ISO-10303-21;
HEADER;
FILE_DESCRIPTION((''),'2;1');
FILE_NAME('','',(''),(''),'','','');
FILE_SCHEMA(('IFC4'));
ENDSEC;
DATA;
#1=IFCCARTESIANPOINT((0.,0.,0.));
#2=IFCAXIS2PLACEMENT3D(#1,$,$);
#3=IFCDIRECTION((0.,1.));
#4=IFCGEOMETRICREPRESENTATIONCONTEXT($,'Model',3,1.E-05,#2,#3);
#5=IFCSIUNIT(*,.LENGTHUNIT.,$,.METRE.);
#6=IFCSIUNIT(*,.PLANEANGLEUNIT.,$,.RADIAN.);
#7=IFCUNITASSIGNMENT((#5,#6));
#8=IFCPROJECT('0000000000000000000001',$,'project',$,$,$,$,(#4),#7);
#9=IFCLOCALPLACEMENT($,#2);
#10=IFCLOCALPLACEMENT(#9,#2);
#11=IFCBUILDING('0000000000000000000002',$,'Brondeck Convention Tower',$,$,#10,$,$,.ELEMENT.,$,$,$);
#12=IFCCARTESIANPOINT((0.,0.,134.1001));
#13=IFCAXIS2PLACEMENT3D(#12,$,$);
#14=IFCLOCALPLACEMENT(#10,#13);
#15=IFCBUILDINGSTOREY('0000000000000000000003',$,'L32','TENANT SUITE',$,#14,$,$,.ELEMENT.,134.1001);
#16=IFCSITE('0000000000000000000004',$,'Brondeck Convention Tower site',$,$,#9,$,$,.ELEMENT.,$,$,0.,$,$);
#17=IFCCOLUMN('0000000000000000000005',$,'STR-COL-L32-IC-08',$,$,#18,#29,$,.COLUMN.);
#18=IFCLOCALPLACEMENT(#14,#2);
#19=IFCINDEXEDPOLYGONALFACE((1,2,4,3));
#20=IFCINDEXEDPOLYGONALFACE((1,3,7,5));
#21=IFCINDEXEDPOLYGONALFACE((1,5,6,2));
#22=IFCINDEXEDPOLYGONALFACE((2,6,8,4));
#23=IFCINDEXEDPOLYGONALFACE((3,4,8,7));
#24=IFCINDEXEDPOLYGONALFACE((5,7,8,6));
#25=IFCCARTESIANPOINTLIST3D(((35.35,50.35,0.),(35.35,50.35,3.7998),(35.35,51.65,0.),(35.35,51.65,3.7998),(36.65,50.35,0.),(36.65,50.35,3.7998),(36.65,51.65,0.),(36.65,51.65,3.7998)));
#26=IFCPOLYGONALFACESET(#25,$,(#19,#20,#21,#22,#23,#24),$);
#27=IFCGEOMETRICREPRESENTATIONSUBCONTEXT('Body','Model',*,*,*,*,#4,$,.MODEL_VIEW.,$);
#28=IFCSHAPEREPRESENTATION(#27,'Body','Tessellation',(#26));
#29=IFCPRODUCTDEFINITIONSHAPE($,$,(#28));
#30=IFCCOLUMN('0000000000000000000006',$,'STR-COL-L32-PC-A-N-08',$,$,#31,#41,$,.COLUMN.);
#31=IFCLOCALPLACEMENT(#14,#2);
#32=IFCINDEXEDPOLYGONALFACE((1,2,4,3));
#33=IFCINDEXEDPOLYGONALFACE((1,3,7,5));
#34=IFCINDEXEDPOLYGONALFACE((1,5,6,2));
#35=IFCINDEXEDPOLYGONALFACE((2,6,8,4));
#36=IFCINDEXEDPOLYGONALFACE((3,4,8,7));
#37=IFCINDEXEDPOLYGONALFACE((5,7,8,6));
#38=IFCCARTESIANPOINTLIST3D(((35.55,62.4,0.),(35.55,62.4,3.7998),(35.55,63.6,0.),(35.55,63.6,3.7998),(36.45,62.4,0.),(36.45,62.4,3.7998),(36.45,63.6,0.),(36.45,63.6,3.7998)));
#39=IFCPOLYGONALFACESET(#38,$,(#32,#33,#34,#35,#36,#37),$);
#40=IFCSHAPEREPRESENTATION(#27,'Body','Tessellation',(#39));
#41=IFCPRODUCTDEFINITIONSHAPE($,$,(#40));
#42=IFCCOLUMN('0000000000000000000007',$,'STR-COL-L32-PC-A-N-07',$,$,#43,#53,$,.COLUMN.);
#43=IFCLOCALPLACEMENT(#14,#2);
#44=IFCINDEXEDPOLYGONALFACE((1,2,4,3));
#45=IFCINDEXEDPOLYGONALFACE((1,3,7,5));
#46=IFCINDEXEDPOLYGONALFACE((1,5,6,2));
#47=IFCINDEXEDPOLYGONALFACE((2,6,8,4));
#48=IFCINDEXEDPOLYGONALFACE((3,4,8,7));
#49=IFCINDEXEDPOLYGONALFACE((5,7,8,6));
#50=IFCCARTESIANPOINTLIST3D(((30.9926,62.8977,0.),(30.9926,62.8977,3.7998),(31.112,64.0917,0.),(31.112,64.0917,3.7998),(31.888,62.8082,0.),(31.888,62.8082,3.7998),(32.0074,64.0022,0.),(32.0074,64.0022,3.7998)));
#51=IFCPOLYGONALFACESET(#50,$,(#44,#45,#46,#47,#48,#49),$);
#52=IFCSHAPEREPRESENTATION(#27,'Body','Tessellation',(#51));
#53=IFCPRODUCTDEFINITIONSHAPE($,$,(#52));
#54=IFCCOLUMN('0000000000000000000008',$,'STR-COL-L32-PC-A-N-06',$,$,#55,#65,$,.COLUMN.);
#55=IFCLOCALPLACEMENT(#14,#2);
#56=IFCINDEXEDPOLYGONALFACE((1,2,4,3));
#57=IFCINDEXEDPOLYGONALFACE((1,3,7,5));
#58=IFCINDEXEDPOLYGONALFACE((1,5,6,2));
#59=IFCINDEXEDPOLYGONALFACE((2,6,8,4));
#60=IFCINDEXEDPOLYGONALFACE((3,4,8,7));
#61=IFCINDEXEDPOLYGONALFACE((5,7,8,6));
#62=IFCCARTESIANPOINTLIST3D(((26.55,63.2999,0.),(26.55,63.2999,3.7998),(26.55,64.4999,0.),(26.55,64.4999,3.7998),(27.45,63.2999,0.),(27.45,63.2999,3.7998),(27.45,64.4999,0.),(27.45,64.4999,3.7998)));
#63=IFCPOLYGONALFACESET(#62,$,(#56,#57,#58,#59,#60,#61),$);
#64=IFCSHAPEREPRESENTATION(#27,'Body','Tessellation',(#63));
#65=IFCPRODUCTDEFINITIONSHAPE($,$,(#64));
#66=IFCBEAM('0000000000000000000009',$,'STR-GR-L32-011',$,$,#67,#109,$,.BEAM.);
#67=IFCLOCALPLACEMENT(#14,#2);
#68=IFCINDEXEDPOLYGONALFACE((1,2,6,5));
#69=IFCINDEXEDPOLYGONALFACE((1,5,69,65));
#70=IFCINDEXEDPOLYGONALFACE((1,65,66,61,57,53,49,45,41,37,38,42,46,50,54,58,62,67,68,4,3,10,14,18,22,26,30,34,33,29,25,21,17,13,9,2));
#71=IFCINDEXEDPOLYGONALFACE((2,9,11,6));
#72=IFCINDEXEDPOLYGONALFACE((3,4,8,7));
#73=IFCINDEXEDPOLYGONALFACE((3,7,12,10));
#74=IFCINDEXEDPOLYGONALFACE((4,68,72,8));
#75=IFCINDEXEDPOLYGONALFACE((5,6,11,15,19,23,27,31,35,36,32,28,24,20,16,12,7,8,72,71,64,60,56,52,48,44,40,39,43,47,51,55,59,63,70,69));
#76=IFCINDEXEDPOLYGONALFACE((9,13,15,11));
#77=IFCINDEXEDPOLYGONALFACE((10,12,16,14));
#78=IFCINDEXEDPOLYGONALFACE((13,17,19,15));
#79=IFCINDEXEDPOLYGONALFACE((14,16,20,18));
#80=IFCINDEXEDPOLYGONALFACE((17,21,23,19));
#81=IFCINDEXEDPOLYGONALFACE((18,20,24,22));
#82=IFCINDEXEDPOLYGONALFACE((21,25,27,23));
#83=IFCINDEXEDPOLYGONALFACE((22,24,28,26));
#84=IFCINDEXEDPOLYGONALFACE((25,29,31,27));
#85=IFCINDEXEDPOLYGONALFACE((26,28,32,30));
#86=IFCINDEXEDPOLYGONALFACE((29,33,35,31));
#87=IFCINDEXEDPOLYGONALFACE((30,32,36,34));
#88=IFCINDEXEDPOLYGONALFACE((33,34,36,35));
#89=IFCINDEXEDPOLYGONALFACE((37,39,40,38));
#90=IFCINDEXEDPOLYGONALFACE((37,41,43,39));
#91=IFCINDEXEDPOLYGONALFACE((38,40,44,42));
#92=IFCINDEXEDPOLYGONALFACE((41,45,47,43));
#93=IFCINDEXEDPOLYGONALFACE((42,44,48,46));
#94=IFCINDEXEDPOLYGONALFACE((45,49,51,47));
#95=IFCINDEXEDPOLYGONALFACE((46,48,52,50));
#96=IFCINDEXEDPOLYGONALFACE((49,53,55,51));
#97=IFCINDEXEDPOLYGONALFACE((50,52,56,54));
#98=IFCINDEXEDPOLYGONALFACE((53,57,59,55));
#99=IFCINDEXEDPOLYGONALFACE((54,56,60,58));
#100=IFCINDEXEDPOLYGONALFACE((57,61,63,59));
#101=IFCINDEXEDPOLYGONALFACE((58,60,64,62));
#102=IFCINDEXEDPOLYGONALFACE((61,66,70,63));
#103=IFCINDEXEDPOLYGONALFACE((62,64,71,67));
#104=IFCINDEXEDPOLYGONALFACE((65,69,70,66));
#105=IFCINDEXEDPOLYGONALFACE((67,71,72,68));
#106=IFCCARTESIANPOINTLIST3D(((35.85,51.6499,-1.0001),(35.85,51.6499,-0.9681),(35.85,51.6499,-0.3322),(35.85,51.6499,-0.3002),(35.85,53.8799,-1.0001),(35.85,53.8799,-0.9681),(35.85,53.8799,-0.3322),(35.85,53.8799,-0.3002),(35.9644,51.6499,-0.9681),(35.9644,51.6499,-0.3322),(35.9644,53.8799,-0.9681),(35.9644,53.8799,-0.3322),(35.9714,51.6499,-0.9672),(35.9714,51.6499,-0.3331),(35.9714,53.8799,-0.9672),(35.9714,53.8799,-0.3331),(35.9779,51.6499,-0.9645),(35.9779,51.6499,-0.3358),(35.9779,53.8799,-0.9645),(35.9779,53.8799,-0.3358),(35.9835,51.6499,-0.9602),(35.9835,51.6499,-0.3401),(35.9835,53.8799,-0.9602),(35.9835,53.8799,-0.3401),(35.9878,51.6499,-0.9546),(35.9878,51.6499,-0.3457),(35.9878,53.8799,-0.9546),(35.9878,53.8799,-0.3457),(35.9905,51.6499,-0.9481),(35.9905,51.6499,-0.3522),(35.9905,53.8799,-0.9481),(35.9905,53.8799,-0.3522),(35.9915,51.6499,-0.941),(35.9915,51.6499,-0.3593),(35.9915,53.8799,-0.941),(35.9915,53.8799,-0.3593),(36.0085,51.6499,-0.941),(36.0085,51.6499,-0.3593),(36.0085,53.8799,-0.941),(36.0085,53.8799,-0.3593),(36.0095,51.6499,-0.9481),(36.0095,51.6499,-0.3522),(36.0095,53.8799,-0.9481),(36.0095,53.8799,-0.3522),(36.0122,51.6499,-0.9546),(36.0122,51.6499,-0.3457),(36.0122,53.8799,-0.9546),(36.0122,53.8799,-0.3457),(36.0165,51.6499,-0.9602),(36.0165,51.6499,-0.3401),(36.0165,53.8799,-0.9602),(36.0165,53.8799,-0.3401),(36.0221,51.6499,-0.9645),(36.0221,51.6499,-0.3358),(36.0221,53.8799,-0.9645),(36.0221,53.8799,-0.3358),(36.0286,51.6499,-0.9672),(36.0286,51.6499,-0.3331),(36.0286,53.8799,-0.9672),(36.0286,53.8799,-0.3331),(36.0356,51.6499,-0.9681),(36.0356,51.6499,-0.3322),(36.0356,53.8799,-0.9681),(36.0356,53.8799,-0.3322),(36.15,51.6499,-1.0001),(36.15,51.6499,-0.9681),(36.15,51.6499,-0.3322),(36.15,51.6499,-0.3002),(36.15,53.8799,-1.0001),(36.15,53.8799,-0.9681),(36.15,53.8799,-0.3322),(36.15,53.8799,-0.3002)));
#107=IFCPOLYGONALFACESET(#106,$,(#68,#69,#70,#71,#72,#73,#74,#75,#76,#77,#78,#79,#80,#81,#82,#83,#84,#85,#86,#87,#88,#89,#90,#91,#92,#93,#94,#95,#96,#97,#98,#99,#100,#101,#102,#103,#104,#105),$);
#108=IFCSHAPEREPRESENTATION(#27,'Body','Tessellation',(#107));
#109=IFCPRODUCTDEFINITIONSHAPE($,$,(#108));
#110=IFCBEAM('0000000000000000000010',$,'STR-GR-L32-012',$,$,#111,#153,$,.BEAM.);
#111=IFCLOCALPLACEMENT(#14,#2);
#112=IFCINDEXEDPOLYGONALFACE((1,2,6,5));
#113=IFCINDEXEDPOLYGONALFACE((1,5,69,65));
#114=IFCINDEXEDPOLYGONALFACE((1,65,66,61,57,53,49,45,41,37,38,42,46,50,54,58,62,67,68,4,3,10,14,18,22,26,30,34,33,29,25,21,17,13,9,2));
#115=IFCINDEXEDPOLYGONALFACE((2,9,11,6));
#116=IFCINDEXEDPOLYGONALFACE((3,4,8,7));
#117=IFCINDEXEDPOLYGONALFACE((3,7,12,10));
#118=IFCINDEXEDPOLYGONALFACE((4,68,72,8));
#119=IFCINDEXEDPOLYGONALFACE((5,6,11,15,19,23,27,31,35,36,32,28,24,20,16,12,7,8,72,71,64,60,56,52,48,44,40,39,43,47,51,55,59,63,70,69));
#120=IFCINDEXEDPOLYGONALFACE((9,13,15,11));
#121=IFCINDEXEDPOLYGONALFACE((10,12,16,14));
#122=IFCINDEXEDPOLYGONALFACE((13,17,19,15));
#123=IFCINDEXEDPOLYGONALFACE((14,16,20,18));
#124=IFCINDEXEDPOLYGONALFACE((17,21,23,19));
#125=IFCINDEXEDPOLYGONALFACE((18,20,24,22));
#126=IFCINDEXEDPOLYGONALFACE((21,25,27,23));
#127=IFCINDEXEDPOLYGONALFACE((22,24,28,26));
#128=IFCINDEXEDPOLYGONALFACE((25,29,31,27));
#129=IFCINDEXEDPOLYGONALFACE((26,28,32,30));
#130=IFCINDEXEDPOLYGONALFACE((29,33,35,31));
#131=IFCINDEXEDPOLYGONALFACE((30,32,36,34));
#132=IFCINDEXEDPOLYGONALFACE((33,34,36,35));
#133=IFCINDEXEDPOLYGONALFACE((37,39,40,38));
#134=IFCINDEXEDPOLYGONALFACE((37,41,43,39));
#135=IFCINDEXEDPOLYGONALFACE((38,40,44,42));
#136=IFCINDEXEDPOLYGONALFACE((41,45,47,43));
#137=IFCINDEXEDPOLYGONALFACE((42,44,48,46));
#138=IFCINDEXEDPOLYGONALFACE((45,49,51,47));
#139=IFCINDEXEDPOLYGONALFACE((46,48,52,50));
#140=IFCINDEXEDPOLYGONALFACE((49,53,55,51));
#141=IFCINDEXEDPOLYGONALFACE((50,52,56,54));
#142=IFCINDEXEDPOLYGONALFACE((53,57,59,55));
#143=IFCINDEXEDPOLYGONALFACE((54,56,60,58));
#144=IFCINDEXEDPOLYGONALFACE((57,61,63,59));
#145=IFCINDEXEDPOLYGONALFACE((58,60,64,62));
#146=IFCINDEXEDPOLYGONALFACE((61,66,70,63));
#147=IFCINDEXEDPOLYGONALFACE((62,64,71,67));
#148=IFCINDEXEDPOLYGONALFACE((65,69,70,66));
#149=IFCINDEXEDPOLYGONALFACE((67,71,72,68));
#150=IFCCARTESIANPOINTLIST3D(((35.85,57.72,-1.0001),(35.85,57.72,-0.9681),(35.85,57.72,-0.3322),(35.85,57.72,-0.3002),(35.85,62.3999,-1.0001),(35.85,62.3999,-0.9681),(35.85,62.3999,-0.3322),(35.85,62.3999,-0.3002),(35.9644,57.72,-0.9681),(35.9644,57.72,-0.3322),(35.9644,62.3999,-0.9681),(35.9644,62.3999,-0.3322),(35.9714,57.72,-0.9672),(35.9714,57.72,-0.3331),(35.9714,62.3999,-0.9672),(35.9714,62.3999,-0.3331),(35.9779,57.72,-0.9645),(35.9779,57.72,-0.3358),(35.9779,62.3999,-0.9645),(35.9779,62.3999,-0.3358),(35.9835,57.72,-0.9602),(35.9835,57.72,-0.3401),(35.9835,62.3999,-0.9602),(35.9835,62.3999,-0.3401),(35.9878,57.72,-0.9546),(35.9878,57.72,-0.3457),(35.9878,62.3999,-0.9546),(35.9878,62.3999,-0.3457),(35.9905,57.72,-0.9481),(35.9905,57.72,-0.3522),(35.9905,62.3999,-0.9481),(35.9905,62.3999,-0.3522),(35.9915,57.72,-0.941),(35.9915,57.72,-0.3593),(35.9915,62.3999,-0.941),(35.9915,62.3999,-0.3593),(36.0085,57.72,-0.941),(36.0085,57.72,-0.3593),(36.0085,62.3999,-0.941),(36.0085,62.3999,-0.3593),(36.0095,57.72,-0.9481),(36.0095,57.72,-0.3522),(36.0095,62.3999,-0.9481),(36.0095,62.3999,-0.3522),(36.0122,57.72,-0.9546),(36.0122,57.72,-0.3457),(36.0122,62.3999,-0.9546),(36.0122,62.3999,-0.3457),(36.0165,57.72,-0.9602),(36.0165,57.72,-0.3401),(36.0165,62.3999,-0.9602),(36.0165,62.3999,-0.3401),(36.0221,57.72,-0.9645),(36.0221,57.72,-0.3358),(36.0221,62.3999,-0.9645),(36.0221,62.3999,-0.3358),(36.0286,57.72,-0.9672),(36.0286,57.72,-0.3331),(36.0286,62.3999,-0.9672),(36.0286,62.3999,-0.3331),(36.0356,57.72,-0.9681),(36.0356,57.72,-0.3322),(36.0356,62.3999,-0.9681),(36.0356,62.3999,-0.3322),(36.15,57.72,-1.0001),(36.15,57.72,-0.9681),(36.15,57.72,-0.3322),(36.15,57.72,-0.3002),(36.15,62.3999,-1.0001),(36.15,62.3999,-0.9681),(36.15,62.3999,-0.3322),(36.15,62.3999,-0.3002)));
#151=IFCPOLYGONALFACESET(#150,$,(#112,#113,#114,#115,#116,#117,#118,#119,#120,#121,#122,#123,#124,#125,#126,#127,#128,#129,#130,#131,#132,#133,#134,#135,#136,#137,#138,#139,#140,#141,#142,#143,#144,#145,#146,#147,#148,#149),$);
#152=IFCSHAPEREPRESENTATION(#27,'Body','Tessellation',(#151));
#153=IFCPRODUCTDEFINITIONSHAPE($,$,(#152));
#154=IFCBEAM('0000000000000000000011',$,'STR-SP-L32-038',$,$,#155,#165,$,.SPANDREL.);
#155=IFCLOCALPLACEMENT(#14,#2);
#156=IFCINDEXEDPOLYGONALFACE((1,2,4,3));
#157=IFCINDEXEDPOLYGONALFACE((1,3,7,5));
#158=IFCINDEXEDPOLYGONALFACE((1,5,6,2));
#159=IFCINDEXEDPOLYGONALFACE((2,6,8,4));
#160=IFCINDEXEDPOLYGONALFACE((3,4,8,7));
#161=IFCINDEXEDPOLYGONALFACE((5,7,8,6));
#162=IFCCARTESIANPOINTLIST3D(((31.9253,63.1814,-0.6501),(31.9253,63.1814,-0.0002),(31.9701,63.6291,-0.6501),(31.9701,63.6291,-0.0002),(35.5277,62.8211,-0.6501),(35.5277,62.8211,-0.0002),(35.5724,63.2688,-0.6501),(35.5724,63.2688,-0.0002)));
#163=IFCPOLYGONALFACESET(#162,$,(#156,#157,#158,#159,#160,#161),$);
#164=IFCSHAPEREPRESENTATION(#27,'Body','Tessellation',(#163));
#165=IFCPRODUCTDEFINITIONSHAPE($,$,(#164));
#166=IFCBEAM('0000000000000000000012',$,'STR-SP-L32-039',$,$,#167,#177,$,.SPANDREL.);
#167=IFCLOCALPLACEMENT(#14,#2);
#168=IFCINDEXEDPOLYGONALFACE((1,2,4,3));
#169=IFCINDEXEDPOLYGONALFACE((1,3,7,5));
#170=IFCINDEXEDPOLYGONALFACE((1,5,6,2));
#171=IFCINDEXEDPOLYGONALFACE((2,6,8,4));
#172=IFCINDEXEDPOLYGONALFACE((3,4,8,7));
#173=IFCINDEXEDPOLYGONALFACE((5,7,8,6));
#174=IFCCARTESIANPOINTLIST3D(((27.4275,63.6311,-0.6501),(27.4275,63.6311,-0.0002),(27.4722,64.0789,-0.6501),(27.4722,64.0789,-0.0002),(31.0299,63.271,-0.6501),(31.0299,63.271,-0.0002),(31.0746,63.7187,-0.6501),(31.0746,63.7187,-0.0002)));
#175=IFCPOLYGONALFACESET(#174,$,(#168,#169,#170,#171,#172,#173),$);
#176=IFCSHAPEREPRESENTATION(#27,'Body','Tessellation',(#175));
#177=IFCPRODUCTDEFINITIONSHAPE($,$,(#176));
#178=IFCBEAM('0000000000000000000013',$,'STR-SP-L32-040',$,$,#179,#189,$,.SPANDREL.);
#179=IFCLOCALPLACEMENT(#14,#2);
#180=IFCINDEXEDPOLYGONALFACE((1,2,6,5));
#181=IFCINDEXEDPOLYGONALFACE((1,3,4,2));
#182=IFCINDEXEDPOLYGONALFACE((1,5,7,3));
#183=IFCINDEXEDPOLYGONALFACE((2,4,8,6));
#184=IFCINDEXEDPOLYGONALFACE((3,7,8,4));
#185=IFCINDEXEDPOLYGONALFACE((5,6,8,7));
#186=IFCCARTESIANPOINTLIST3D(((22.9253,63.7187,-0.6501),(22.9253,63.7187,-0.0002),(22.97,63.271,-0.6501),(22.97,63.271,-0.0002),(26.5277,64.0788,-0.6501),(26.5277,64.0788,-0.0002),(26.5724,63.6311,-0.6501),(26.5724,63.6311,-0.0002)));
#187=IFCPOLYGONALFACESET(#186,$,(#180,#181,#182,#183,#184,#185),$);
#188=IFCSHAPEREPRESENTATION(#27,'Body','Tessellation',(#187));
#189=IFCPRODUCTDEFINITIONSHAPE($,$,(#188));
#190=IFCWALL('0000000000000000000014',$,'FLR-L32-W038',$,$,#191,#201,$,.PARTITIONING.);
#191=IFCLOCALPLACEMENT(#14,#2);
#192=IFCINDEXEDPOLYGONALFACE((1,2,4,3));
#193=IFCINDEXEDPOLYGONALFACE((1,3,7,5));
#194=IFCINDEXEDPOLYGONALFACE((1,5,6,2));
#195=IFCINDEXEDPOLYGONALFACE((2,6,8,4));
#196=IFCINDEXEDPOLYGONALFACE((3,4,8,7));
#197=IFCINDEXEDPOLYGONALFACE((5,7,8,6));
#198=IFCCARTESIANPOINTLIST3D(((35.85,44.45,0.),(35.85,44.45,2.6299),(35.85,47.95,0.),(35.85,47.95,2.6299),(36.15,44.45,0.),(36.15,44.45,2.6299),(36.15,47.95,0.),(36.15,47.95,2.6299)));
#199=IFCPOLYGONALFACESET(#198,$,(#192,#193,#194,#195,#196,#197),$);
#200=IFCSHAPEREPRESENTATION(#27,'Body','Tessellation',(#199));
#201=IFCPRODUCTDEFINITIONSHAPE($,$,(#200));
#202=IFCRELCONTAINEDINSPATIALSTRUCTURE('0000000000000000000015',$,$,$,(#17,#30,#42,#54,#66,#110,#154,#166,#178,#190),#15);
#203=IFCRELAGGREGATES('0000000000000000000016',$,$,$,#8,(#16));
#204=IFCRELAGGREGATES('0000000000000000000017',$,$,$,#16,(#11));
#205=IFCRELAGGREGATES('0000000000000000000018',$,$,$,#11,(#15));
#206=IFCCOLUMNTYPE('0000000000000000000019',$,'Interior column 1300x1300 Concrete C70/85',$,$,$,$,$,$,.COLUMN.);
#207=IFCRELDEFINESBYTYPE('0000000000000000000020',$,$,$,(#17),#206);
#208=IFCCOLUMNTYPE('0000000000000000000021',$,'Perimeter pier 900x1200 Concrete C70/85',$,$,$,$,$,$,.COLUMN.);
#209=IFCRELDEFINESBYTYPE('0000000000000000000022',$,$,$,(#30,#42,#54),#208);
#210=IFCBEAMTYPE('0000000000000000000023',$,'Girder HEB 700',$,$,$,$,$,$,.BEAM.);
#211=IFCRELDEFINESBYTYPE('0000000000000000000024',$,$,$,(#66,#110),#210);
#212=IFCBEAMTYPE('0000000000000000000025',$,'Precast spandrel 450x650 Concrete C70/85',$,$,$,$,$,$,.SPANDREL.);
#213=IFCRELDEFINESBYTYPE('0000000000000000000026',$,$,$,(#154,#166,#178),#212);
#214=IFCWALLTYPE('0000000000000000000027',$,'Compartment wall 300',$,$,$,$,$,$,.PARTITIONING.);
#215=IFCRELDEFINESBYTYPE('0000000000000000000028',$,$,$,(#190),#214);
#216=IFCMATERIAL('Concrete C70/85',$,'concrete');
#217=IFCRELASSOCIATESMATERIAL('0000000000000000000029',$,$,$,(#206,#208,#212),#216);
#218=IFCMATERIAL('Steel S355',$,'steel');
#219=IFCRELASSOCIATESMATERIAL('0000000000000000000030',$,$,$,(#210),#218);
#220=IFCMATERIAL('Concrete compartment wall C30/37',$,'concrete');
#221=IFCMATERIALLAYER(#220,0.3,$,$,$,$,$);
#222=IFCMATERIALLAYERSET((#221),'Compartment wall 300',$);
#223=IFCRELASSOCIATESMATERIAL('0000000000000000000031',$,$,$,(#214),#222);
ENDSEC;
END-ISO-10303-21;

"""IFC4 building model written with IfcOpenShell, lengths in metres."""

from ifc_helpers import new_model, si_unit, direction, frame, frame_2d, origin, origin_2d, place, context, subcontext, project, spatial, rectangle, i_section, extrude, material, layer, layer_set, material_profile, profile_set, type_object, element, save


model = new_model("IFC4")

# Units and contexts
model_context = context("Model", 3, precision=1e-05, world=origin(), true_north=direction((0.0, 1.0)))
body_context = subcontext(model_context, "Body", "Model", "MODEL_VIEW")
ifc_project = project(units=[si_unit("LENGTHUNIT", "METRE"), si_unit("PLANEANGLEUNIT", "RADIAN")], contexts=[model_context])

# Site, building, storey
site_placement = place(None, origin())
site = spatial("IfcSite", under=ifc_project, at=site_placement, Name="Brondeck Convention Tower site", CompositionType="ELEMENT", RefElevation=0.0)
building_placement = place(site_placement, origin())
building = spatial("IfcBuilding", under=site, at=building_placement, Name="Brondeck Convention Tower", CompositionType="ELEMENT")
storey_placement = place(building_placement, frame((0.0, 0.0, 134.1001)))
storey = spatial("IfcBuildingStorey", under=building, at=storey_placement, Name="L32", Description="TENANT SUITE", CompositionType="ELEMENT", Elevation=134.1001)

# Columns
ifc_material_1 = material(Name="Concrete C70/85", Category="concrete")
ifc_material_profile_1 = material_profile(ifc_material_1, rectangle(XDim=1.3, YDim=1.3, at=origin_2d()), Name="Interior column 1300x1300 Concrete C70/85")
ifc_profile_set_1 = profile_set([ifc_material_profile_1], Name="Concrete C70/85")
column_type_1 = type_object("IfcColumnType", Name="Interior column 1300x1300 Concrete C70/85", PredefinedType="COLUMN", material=ifc_profile_set_1)
column_placement = place(storey_placement, frame((36.0, 51.0, 0.0), z_axis=(0.0, 0.0, 1.0), x_axis=(1.0, 0.0, 0.0)))
element("IfcColumn", 1, at=column_placement, inside=storey, type_object=column_type_1, Name="STR-COL-L32-IC-08", PredefinedType="COLUMN", context=body_context, shape_type="SweptSolid", body=[
    extrude(rectangle(XDim=1.3, YDim=1.3, at=origin_2d()), origin(), (0.0, 0.0, 1.0), 3.7998),
])
ifc_material_profile_2 = material_profile(ifc_material_1, rectangle(XDim=0.8999, YDim=1.2, at=origin_2d()), Name="Perimeter pier 900x1200 Concrete C70/85")
ifc_profile_set_2 = profile_set([ifc_material_profile_2], Name="Concrete C70/85")
column_type_2 = type_object("IfcColumnType", Name="Perimeter pier 900x1200 Concrete C70/85", PredefinedType="COLUMN", material=ifc_profile_set_2)
for number, where, z_axis, x_axis, name in (
    (2, (36.0, 63.0, 0.0), (0.0, 0.0, 1.0), (-1.0, 0.0, 0.0), "STR-COL-L32-PC-A-N-08"),
    (3, (31.5, 63.45, 0.0), (0.0, 0.0, 1.0), (-0.995037, 0.099504, 0.0), "STR-COL-L32-PC-A-N-07"),
    (4, (27.0, 63.8999, 0.0), (0.0, 0.0, 1.0), (-1.0, 0.0, 0.0), "STR-COL-L32-PC-A-N-06"),
):
    element("IfcColumn", number, at=place(storey_placement, frame(where, z_axis=z_axis, x_axis=x_axis)), inside=storey, type_object=column_type_2, Name=name, PredefinedType="COLUMN", context=body_context, shape_type="SweptSolid", body=[
        extrude(rectangle(XDim=0.8999, YDim=1.2, at=origin_2d()), origin(), (0.0, 0.0, 1.0), 3.7998),
    ])

# Beams
ifc_material_2 = material(Name="Steel S355", Category="steel")
ifc_material_profile_3 = material_profile(ifc_material_2, i_section(OverallWidth=0.3, OverallDepth=0.7, WebThickness=0.0171, FlangeThickness=0.032, FilletRadius=0.0271, at=origin_2d()), Name="HEB 700")
ifc_profile_set_3 = profile_set([ifc_material_profile_3], Name="Steel S355")
beam_type_1 = type_object("IfcBeamType", Name="Girder HEB 700", PredefinedType="BEAM", material=ifc_profile_set_3)
beam_1_placement = place(storey_placement, frame((36.0, 51.6499, -0.6501), z_axis=(0.0, 1.0, 0.0), x_axis=(-1.0, 0.0, 0.0)))
element("IfcBeam", 5, at=beam_1_placement, inside=storey, type_object=beam_type_1, Name="STR-GR-L32-011", PredefinedType="BEAM", context=body_context, shape_type="SweptSolid", body=[
    extrude(i_section(OverallWidth=0.3, OverallDepth=0.7, WebThickness=0.0171, FlangeThickness=0.032, FilletRadius=0.0271, at=origin_2d()), origin(), (0.0, 0.0, 1.0), 2.23),
])
beam_2_placement = place(storey_placement, frame((36.0, 57.72, -0.6501), z_axis=(0.0, 1.0, 0.0), x_axis=(-1.0, 0.0, 0.0)))
element("IfcBeam", 6, at=beam_2_placement, inside=storey, type_object=beam_type_1, Name="STR-GR-L32-012", PredefinedType="BEAM", context=body_context, shape_type="SweptSolid", body=[
    extrude(i_section(OverallWidth=0.3, OverallDepth=0.7, WebThickness=0.0171, FlangeThickness=0.032, FilletRadius=0.0271, at=origin_2d()), origin(), (0.0, 0.0, 1.0), 4.6799),
])
ifc_material_profile_4 = material_profile(ifc_material_1, rectangle(XDim=0.45, YDim=0.6499, at=origin_2d()), Name="Precast spandrel 450x650 Concrete C70/85")
ifc_profile_set_4 = profile_set([ifc_material_profile_4], Name="Concrete C70/85")
beam_type_2 = type_object("IfcBeamType", Name="Precast spandrel 450x650 Concrete C70/85", PredefinedType="SPANDREL", material=ifc_profile_set_4)
for number, where, z_axis, x_axis, name in (
    (7, (35.55, 63.0449, -0.3252), (-0.995034, 0.099537, 0.0), (-0.099537, -0.995034, 0.0), "STR-SP-L32-038"),
    (8, (31.0522, 63.4949, -0.3252), (-0.995041, 0.09947, 0.0), (-0.09947, -0.995041, 0.0), "STR-SP-L32-039"),
    (9, (26.55, 63.855, -0.3252), (-0.995041, -0.09947, 0.0), (0.09947, -0.995041, 0.0), "STR-SP-L32-040"),
):
    element("IfcBeam", number, at=place(storey_placement, frame(where, z_axis=z_axis, x_axis=x_axis)), inside=storey, type_object=beam_type_2, Name=name, PredefinedType="SPANDREL", context=body_context, shape_type="SweptSolid", body=[
        extrude(rectangle(XDim=0.45, YDim=0.6499, at=origin_2d()), origin(), (0.0, 0.0, 1.0), 3.6204),
    ])

# Wall
ifc_material_3 = material(Name="Concrete compartment wall C30/37", Category="concrete")
ifc_layer_1 = layer(ifc_material_3, 0.3)
ifc_layer_set_1 = layer_set([ifc_layer_1], Name="Compartment wall 300")
wall_type_1 = type_object("IfcWallType", Name="Compartment wall 300", PredefinedType="PARTITIONING", material=ifc_layer_set_1)
wall_1_placement = place(storey_placement, frame((36.0, 44.45, 0.0), z_axis=(0.0, 0.0, 1.0), x_axis=(0.0, 1.0, 0.0)))
element("IfcWall", 10, at=wall_1_placement, inside=storey, type_object=wall_type_1, Name="FLR-L32-W038", PredefinedType="PARTITIONING", context=body_context, shape_type="SweptSolid", body=[
    extrude(rectangle(XDim=3.5, YDim=0.3, at=frame_2d((1.75, 0.0))), origin(), (0.0, 0.0, 1.0), 2.6299),
])

save(model, "model.ifc")
